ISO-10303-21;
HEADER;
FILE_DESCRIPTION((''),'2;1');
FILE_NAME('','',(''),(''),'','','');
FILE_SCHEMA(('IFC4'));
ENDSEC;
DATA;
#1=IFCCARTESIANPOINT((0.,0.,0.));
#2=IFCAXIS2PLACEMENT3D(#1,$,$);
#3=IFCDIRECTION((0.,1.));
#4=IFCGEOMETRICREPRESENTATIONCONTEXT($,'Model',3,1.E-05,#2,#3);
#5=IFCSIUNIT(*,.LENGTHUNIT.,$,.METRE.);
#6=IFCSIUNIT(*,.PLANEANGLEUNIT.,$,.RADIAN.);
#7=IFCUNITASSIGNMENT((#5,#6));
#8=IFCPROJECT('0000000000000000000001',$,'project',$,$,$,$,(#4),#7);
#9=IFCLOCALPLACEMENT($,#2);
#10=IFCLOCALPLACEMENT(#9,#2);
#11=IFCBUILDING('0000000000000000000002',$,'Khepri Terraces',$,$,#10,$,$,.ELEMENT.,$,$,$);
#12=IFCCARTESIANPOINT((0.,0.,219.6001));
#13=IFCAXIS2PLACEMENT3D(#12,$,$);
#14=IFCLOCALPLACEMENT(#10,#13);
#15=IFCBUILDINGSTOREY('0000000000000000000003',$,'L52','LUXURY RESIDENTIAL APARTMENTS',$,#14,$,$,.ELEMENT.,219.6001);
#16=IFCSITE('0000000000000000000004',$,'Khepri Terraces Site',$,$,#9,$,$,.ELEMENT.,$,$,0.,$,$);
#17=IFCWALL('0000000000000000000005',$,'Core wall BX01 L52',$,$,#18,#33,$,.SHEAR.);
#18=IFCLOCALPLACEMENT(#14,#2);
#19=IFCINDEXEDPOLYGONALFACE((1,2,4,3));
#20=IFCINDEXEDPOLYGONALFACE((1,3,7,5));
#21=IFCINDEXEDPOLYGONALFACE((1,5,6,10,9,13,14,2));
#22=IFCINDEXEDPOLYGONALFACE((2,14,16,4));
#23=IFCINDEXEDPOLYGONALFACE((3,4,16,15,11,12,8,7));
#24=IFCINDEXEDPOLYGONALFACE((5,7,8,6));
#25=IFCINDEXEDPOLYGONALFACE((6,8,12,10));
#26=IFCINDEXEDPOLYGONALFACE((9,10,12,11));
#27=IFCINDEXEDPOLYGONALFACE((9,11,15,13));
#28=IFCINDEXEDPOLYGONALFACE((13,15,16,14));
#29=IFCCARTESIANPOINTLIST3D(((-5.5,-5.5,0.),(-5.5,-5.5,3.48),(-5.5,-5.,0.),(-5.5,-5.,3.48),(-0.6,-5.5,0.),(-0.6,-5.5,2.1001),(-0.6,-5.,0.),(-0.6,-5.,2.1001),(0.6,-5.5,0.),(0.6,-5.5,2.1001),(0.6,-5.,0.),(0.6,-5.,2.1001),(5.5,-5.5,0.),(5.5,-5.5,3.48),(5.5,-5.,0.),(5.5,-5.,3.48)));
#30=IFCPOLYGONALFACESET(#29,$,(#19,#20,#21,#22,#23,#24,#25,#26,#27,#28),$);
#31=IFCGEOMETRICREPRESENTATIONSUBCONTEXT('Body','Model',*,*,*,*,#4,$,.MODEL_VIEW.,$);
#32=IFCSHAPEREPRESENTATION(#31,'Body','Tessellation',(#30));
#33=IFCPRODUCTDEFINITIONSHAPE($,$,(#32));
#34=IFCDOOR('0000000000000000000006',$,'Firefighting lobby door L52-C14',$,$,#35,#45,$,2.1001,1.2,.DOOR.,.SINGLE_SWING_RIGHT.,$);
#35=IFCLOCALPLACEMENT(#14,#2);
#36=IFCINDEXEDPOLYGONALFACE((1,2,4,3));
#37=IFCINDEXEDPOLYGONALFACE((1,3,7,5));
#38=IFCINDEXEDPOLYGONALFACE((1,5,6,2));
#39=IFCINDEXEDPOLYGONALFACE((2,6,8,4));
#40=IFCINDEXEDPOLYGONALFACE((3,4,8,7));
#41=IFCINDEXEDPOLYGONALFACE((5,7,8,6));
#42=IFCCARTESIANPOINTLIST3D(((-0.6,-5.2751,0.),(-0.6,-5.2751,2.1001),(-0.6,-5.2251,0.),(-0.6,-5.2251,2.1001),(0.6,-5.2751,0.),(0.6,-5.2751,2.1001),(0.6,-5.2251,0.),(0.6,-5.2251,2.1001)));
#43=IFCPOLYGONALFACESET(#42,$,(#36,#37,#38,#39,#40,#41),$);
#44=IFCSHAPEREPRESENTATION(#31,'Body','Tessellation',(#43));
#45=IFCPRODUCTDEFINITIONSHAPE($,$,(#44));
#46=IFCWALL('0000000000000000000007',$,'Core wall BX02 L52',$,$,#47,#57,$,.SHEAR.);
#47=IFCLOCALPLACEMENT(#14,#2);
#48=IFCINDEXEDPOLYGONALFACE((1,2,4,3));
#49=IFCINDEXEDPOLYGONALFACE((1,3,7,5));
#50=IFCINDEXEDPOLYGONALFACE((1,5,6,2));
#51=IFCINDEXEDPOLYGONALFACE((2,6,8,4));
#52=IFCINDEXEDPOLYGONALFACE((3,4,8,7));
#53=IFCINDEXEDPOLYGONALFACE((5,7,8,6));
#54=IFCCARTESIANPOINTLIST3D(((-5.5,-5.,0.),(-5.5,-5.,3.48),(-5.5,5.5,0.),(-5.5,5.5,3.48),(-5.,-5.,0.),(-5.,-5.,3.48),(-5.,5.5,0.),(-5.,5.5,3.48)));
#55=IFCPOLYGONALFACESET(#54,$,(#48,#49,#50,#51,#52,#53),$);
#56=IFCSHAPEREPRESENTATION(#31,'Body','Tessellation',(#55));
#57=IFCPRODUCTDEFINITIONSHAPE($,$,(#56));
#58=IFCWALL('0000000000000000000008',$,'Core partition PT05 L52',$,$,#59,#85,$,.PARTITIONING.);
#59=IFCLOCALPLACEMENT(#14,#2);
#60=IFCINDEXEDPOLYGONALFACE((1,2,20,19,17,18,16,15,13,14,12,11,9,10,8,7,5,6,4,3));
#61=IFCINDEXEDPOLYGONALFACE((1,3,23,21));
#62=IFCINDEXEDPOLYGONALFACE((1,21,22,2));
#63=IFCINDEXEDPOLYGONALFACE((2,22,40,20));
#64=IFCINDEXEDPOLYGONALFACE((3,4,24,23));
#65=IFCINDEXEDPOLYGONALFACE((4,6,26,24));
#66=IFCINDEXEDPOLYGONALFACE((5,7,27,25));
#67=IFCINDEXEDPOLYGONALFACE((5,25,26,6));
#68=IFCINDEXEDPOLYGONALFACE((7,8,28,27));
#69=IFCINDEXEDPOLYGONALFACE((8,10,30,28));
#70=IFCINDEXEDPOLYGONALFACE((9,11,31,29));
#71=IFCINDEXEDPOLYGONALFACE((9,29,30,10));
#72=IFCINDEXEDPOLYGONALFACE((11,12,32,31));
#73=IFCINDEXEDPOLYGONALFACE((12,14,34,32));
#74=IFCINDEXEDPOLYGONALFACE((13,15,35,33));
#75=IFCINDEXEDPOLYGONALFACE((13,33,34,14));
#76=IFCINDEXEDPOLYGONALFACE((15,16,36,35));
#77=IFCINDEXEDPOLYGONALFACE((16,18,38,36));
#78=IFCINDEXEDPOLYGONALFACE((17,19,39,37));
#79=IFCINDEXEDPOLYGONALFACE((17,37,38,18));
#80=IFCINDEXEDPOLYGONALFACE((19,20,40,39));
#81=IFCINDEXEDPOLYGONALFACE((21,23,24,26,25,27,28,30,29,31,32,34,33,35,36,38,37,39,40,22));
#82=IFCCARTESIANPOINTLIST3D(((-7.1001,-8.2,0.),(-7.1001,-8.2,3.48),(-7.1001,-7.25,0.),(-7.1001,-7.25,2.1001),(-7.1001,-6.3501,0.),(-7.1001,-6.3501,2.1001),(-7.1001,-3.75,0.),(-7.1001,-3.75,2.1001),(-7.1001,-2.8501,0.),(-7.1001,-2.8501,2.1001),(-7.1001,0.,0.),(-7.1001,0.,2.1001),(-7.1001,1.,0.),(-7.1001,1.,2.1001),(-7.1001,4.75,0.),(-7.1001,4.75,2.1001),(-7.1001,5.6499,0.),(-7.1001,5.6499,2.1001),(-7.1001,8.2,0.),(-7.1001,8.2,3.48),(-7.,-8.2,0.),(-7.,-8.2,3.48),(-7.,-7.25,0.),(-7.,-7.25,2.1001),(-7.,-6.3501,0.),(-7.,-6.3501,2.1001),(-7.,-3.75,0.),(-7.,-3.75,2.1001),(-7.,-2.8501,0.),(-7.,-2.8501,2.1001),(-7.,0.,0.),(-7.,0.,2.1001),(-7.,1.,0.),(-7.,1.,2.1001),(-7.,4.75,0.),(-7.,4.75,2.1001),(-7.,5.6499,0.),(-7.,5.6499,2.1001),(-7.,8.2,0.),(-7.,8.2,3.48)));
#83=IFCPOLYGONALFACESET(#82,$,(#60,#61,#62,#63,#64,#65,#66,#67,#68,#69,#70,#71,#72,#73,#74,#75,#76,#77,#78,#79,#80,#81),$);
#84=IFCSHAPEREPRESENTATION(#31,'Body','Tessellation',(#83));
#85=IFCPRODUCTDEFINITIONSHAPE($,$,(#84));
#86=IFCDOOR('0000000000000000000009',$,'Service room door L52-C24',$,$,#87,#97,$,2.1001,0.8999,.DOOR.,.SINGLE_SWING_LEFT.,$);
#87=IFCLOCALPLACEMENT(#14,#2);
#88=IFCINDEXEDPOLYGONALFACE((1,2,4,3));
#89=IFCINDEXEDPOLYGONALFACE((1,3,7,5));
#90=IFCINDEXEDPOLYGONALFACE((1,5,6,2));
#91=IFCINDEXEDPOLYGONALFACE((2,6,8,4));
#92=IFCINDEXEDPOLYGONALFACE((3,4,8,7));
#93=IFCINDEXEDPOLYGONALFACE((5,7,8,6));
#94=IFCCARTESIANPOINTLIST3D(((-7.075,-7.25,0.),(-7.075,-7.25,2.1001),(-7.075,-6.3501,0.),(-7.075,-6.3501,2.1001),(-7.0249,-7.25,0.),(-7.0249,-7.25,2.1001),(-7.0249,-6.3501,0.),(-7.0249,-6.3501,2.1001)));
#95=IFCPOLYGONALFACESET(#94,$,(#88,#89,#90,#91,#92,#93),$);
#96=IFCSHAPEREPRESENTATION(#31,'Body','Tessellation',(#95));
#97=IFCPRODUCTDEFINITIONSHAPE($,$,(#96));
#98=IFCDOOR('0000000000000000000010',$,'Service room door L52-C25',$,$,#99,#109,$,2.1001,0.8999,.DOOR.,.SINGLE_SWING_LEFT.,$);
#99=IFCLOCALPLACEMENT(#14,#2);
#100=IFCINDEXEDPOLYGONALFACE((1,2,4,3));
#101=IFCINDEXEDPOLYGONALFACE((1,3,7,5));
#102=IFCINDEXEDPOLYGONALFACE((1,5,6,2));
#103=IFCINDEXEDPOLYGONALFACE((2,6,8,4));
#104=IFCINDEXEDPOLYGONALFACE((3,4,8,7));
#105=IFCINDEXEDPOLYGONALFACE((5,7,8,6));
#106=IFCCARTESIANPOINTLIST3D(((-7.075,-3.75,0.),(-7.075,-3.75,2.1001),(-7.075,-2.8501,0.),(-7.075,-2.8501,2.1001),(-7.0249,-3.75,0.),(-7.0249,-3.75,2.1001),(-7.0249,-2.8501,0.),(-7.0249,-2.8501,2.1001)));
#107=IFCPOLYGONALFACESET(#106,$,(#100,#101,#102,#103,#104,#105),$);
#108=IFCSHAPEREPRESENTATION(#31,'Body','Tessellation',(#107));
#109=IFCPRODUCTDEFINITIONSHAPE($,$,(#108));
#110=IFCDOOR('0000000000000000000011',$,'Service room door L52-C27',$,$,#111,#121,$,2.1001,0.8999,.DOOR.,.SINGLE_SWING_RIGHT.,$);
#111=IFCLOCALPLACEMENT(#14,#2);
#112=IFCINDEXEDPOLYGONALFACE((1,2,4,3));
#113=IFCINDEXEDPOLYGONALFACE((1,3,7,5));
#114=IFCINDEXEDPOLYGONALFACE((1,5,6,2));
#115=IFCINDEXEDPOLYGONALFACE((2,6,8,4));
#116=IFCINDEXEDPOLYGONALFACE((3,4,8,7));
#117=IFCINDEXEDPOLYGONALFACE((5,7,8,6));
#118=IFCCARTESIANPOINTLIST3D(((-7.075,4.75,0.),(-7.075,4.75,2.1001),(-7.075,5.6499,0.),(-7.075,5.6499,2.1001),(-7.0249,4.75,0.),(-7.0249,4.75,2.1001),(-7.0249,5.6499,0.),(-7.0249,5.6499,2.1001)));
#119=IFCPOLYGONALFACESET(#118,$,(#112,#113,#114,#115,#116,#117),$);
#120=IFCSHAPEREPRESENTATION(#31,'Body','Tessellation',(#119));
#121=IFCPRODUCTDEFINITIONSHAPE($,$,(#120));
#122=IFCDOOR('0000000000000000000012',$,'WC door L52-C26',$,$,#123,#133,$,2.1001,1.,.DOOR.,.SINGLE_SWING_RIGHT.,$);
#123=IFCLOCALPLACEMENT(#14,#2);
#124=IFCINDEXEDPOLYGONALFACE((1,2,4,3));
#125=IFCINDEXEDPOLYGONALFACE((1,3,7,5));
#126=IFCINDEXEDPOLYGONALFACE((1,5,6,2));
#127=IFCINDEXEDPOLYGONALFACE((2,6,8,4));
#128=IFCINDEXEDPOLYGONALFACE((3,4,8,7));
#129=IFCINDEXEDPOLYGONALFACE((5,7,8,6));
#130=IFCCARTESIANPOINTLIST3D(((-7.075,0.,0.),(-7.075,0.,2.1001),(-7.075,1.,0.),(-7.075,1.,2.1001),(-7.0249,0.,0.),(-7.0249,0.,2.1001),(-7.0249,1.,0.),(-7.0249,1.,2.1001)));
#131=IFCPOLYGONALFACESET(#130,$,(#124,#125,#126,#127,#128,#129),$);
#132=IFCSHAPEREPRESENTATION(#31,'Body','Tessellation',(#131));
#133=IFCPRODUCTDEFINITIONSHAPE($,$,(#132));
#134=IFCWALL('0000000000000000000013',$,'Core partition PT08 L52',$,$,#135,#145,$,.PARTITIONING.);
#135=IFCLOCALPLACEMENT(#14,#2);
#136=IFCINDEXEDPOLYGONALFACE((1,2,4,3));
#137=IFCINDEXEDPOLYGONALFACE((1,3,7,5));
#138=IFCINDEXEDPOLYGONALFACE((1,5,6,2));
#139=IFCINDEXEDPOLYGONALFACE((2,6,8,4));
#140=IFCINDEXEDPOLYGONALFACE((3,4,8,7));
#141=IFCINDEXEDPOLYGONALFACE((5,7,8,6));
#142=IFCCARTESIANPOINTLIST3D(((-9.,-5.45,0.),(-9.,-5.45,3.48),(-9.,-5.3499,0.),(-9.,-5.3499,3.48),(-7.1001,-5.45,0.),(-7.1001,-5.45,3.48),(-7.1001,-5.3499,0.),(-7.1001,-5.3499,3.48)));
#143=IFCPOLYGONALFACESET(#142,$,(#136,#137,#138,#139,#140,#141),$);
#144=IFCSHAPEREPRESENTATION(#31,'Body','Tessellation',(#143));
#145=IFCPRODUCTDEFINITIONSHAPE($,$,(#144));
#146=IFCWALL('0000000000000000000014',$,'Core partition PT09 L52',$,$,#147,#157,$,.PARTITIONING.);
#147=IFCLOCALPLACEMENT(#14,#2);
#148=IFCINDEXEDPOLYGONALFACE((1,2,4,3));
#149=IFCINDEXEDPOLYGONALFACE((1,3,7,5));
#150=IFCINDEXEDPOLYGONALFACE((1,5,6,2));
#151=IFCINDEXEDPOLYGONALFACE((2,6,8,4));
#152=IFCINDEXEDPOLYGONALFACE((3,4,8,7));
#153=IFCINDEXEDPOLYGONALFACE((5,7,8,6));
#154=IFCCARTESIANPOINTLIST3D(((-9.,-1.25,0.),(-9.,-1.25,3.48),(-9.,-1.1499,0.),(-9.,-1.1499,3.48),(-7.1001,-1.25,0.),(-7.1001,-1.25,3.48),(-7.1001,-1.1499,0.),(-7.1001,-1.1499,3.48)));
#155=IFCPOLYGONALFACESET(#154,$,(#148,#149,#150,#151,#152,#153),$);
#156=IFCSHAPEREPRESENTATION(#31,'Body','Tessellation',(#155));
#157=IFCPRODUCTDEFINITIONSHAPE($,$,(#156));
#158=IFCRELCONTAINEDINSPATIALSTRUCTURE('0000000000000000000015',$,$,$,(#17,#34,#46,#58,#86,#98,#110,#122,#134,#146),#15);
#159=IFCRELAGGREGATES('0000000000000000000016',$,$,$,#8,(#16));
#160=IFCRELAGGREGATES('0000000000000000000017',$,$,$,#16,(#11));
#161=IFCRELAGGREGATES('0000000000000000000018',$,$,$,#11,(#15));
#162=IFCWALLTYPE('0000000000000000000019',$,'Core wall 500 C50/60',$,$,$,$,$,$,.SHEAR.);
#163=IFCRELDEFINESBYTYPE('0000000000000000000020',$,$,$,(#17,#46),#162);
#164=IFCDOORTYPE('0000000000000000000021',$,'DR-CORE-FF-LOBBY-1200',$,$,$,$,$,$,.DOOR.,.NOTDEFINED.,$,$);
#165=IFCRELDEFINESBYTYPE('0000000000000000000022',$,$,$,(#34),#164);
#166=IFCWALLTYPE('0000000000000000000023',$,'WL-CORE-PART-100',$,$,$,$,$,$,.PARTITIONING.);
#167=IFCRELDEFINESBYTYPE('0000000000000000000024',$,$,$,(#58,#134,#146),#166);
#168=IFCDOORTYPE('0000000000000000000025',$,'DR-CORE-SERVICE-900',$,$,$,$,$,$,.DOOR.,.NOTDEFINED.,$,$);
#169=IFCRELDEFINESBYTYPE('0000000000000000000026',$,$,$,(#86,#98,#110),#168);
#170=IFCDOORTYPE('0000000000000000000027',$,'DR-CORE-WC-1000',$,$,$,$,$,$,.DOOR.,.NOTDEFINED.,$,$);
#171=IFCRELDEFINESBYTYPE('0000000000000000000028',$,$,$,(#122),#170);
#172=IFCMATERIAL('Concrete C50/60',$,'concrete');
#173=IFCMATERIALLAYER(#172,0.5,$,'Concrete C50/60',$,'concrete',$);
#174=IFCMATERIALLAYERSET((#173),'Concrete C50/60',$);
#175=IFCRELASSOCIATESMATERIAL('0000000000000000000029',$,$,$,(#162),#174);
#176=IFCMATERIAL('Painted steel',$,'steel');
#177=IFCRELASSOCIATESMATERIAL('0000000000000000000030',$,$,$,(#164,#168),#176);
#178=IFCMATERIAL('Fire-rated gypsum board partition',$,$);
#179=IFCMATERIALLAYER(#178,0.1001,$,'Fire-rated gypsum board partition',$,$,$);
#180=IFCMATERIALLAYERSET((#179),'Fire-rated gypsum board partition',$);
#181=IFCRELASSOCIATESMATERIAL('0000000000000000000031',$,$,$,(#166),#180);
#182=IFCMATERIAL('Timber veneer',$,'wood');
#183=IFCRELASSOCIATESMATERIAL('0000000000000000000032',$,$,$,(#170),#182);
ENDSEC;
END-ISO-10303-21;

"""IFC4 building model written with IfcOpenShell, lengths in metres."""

from ifc_helpers import new_model, si_unit, direction, frame, frame_2d, origin, place, context, subcontext, project, spatial, rectangle, extrude, material, layer, layer_set, type_object, element, fill, save


model = new_model("IFC4")

# Units and contexts
model_context = context("Model", 3, precision=1e-05, world=origin(), true_north=direction((0.0, 1.0)))
body_context = subcontext(model_context, "Body", "Model", "MODEL_VIEW")
ifc_project = project(units=[si_unit("LENGTHUNIT", "METRE"), si_unit("PLANEANGLEUNIT", "RADIAN")], contexts=[model_context])

# Site, building, storey
site_placement = place(None, origin())
site = spatial("IfcSite", under=ifc_project, at=site_placement, Name="Khepri Terraces Site", CompositionType="ELEMENT", RefElevation=0.0)
building_placement = place(site_placement, origin())
building = spatial("IfcBuilding", under=site, at=building_placement, Name="Khepri Terraces", CompositionType="ELEMENT")
storey_placement = place(building_placement, frame((0.0, 0.0, 219.6001)))
storey = spatial("IfcBuildingStorey", under=building, at=storey_placement, Name="L52", Description="LUXURY RESIDENTIAL APARTMENTS", CompositionType="ELEMENT", Elevation=219.6001)

# Shared definitions
ifc_material_1 = material(Name="Concrete C50/60", Category="concrete")

# Shared definitions
ifc_material_2 = material(Name="Painted steel", Category="steel")

# Wall, opening, door
ifc_layer_1 = layer(ifc_material_1, 0.5, Name="Concrete C50/60", Category="concrete")
ifc_layer_set_1 = layer_set([ifc_layer_1], Name="Concrete C50/60")
wall_type_1 = type_object("IfcWallType", Name="Core wall 500 C50/60", PredefinedType="SHEAR", material=ifc_layer_set_1)
wall_1_placement = place(storey_placement, frame((-5.5, -5.25, 0.0), z_axis=(0.0, 0.0, 1.0), x_axis=(1.0, 0.0, 0.0)))
wall_1 = element("IfcWall", 1, at=wall_1_placement, inside=storey, type_object=wall_type_1, Name="Core wall BX01 L52", PredefinedType="SHEAR", context=body_context, shape_type="SweptSolid", body=[
    extrude(rectangle(XDim=11.0, YDim=0.5, at=frame_2d((5.5, 0.0))), origin(), (0.0, 0.0, 1.0), 3.48),
])
opening_1_placement = place(wall_1_placement, frame((4.8999, 0.0, 0.0)))
opening_1 = element("IfcOpeningElement", 2, at=opening_1_placement, cuts=wall_1, PredefinedType="OPENING", context=body_context, shape_type="SweptSolid", body=[
    extrude(rectangle(XDim=1.2, YDim=2.1001, at=frame_2d((0.6001, 1.05))), frame((0.0, 0.26, 0.0), z_axis=(0.0, -1.0, 0.0), x_axis=(1.0, 0.0, 0.0)), (0.0, 0.0, 1.0), 0.52),
])
door_type_1 = type_object("IfcDoorType", Name="DR-CORE-FF-LOBBY-1200", OperationType="NOTDEFINED", PredefinedType="DOOR", material=ifc_material_2)
door_1_placement = place(opening_1_placement, origin())
door_1 = element("IfcDoor", 3, at=door_1_placement, inside=storey, type_object=door_type_1, Name="Firefighting lobby door L52-C14", OperationType="SINGLE_SWING_RIGHT", OverallHeight=2.1001, OverallWidth=1.2, PredefinedType="DOOR", context=body_context, shape_type="SweptSolid", body=[
    extrude(rectangle(XDim=1.2, YDim=2.1001, at=frame_2d((0.6001, 1.05))), frame((0.0, 0.0249, 0.0), z_axis=(0.0, -1.0, 0.0), x_axis=(1.0, 0.0, 0.0)), (0.0, 0.0, 1.0), 0.05),
])
fill(opening_1, door_1)

# Wall
wall_2_placement = place(storey_placement, frame((-5.25, -5.0, 0.0), z_axis=(0.0, 0.0, 1.0), x_axis=(0.0, 1.0, 0.0)))
element("IfcWall", 4, at=wall_2_placement, inside=storey, type_object=wall_type_1, Name="Core wall BX02 L52", PredefinedType="SHEAR", context=body_context, shape_type="SweptSolid", body=[
    extrude(rectangle(XDim=10.5, YDim=0.5, at=frame_2d((5.25, 0.0))), origin(), (0.0, 0.0, 1.0), 3.48),
])

# Wall, openings, doors
ifc_material_3 = material(Name="Fire-rated gypsum board partition")
ifc_layer_2 = layer(ifc_material_3, 0.1001, Name="Fire-rated gypsum board partition")
ifc_layer_set_2 = layer_set([ifc_layer_2], Name="Fire-rated gypsum board partition")
wall_type_2 = type_object("IfcWallType", Name="WL-CORE-PART-100", PredefinedType="PARTITIONING", material=ifc_layer_set_2)
wall_3_placement = place(storey_placement, frame((-7.05, -8.2, 0.0), z_axis=(0.0, 0.0, 1.0), x_axis=(0.0, 1.0, 0.0)))
wall_3 = element("IfcWall", 5, at=wall_3_placement, inside=storey, type_object=wall_type_2, Name="Core partition PT05 L52", PredefinedType="PARTITIONING", context=body_context, shape_type="SweptSolid", body=[
    extrude(rectangle(XDim=16.3999, YDim=0.1001, at=frame_2d((8.2, 0.0))), origin(), (0.0, 0.0, 1.0), 3.48),
])
opening_2_placement = place(wall_3_placement, frame((0.95, 0.0, 0.0)))
opening_2 = element("IfcOpeningElement", 6, at=opening_2_placement, cuts=wall_3, PredefinedType="OPENING", context=body_context, shape_type="SweptSolid", body=[
    extrude(rectangle(XDim=0.8999, YDim=2.1001, at=frame_2d((0.45, 1.05))), frame((0.0, 0.0601, 0.0), z_axis=(0.0, -1.0, 0.0), x_axis=(1.0, 0.0, 0.0)), (0.0, 0.0, 1.0), 0.1201),
])
opening_3_placement = place(wall_3_placement, frame((4.45, 0.0, 0.0)))
opening_3 = element("IfcOpeningElement", 7, at=opening_3_placement, cuts=wall_3, PredefinedType="OPENING", context=body_context, shape_type="SweptSolid", body=[
    extrude(rectangle(XDim=0.8999, YDim=2.1001, at=frame_2d((0.45, 1.05))), frame((0.0, 0.0601, 0.0), z_axis=(0.0, -1.0, 0.0), x_axis=(1.0, 0.0, 0.0)), (0.0, 0.0, 1.0), 0.1201),
])
opening_4_placement = place(wall_3_placement, frame((8.2, 0.0, 0.0)))
opening_4 = element("IfcOpeningElement", 8, at=opening_4_placement, cuts=wall_3, PredefinedType="OPENING", context=body_context, shape_type="SweptSolid", body=[
    extrude(rectangle(XDim=1.0, YDim=2.1001, at=frame_2d((0.5, 1.05))), frame((0.0, 0.0601, 0.0), z_axis=(0.0, -1.0, 0.0), x_axis=(1.0, 0.0, 0.0)), (0.0, 0.0, 1.0), 0.1201),
])
opening_5_placement = place(wall_3_placement, frame((12.95, 0.0, 0.0)))
opening_5 = element("IfcOpeningElement", 9, at=opening_5_placement, cuts=wall_3, PredefinedType="OPENING", context=body_context, shape_type="SweptSolid", body=[
    extrude(rectangle(XDim=0.8999, YDim=2.1001, at=frame_2d((0.45, 1.05))), frame((0.0, 0.0601, 0.0), z_axis=(0.0, -1.0, 0.0), x_axis=(1.0, 0.0, 0.0)), (0.0, 0.0, 1.0), 0.1201),
])
door_type_2 = type_object("IfcDoorType", Name="DR-CORE-SERVICE-900", OperationType="NOTDEFINED", PredefinedType="DOOR", material=ifc_material_2)
door_2_placement = place(opening_2_placement, origin())
door_2 = element("IfcDoor", 10, at=door_2_placement, inside=storey, type_object=door_type_2, Name="Service room door L52-C24", OperationType="SINGLE_SWING_LEFT", OverallHeight=2.1001, OverallWidth=0.8999, PredefinedType="DOOR", context=body_context, shape_type="SweptSolid", body=[
    extrude(rectangle(XDim=0.8999, YDim=2.1001, at=frame_2d((0.45, 1.05))), frame((0.0, 0.0249, 0.0), z_axis=(0.0, -1.0, 0.0), x_axis=(1.0, 0.0, 0.0)), (0.0, 0.0, 1.0), 0.05),
])
fill(opening_2, door_2)
door_3_placement = place(opening_3_placement, origin())
door_3 = element("IfcDoor", 11, at=door_3_placement, inside=storey, type_object=door_type_2, Name="Service room door L52-C25", OperationType="SINGLE_SWING_LEFT", OverallHeight=2.1001, OverallWidth=0.8999, PredefinedType="DOOR", context=body_context, shape_type="SweptSolid", body=[
    extrude(rectangle(XDim=0.8999, YDim=2.1001, at=frame_2d((0.45, 1.05))), frame((0.0, 0.0249, 0.0), z_axis=(0.0, -1.0, 0.0), x_axis=(1.0, 0.0, 0.0)), (0.0, 0.0, 1.0), 0.05),
])
fill(opening_3, door_3)
door_4_placement = place(opening_5_placement, origin())
door_4 = element("IfcDoor", 12, at=door_4_placement, inside=storey, type_object=door_type_2, Name="Service room door L52-C27", OperationType="SINGLE_SWING_RIGHT", OverallHeight=2.1001, OverallWidth=0.8999, PredefinedType="DOOR", context=body_context, shape_type="SweptSolid", body=[
    extrude(rectangle(XDim=0.8999, YDim=2.1001, at=frame_2d((0.45, 1.05))), frame((0.0, 0.0249, 0.0), z_axis=(0.0, -1.0, 0.0), x_axis=(1.0, 0.0, 0.0)), (0.0, 0.0, 1.0), 0.05),
])
fill(opening_5, door_4)
ifc_material_4 = material(Name="Timber veneer", Category="wood")
door_type_3 = type_object("IfcDoorType", Name="DR-CORE-WC-1000", OperationType="NOTDEFINED", PredefinedType="DOOR", material=ifc_material_4)
door_5_placement = place(opening_4_placement, origin())
door_5 = element("IfcDoor", 13, at=door_5_placement, inside=storey, type_object=door_type_3, Name="WC door L52-C26", OperationType="SINGLE_SWING_RIGHT", OverallHeight=2.1001, OverallWidth=1.0, PredefinedType="DOOR", context=body_context, shape_type="SweptSolid", body=[
    extrude(rectangle(XDim=1.0, YDim=2.1001, at=frame_2d((0.5, 1.05))), frame((0.0, 0.0249, 0.0), z_axis=(0.0, -1.0, 0.0), x_axis=(1.0, 0.0, 0.0)), (0.0, 0.0, 1.0), 0.05),
])
fill(opening_4, door_5)

# Walls
for number, where, z_axis, x_axis, name in (
    (14, (-9.0, -5.3999, 0.0), (0.0, 0.0, 1.0), (1.0, 0.0, 0.0), "Core partition PT08 L52"),
    (15, (-9.0, -1.2, 0.0), (0.0, 0.0, 1.0), (1.0, 0.0, 0.0), "Core partition PT09 L52"),
):
    element("IfcWall", number, at=place(storey_placement, frame(where, z_axis=z_axis, x_axis=x_axis)), inside=storey, type_object=wall_type_2, Name=name, PredefinedType="PARTITIONING", context=body_context, shape_type="SweptSolid", body=[
        extrude(rectangle(XDim=1.8999, YDim=0.1001, at=frame_2d((0.95, 0.0))), origin(), (0.0, 0.0, 1.0), 3.48),
    ])

save(model, "model.ifc")
